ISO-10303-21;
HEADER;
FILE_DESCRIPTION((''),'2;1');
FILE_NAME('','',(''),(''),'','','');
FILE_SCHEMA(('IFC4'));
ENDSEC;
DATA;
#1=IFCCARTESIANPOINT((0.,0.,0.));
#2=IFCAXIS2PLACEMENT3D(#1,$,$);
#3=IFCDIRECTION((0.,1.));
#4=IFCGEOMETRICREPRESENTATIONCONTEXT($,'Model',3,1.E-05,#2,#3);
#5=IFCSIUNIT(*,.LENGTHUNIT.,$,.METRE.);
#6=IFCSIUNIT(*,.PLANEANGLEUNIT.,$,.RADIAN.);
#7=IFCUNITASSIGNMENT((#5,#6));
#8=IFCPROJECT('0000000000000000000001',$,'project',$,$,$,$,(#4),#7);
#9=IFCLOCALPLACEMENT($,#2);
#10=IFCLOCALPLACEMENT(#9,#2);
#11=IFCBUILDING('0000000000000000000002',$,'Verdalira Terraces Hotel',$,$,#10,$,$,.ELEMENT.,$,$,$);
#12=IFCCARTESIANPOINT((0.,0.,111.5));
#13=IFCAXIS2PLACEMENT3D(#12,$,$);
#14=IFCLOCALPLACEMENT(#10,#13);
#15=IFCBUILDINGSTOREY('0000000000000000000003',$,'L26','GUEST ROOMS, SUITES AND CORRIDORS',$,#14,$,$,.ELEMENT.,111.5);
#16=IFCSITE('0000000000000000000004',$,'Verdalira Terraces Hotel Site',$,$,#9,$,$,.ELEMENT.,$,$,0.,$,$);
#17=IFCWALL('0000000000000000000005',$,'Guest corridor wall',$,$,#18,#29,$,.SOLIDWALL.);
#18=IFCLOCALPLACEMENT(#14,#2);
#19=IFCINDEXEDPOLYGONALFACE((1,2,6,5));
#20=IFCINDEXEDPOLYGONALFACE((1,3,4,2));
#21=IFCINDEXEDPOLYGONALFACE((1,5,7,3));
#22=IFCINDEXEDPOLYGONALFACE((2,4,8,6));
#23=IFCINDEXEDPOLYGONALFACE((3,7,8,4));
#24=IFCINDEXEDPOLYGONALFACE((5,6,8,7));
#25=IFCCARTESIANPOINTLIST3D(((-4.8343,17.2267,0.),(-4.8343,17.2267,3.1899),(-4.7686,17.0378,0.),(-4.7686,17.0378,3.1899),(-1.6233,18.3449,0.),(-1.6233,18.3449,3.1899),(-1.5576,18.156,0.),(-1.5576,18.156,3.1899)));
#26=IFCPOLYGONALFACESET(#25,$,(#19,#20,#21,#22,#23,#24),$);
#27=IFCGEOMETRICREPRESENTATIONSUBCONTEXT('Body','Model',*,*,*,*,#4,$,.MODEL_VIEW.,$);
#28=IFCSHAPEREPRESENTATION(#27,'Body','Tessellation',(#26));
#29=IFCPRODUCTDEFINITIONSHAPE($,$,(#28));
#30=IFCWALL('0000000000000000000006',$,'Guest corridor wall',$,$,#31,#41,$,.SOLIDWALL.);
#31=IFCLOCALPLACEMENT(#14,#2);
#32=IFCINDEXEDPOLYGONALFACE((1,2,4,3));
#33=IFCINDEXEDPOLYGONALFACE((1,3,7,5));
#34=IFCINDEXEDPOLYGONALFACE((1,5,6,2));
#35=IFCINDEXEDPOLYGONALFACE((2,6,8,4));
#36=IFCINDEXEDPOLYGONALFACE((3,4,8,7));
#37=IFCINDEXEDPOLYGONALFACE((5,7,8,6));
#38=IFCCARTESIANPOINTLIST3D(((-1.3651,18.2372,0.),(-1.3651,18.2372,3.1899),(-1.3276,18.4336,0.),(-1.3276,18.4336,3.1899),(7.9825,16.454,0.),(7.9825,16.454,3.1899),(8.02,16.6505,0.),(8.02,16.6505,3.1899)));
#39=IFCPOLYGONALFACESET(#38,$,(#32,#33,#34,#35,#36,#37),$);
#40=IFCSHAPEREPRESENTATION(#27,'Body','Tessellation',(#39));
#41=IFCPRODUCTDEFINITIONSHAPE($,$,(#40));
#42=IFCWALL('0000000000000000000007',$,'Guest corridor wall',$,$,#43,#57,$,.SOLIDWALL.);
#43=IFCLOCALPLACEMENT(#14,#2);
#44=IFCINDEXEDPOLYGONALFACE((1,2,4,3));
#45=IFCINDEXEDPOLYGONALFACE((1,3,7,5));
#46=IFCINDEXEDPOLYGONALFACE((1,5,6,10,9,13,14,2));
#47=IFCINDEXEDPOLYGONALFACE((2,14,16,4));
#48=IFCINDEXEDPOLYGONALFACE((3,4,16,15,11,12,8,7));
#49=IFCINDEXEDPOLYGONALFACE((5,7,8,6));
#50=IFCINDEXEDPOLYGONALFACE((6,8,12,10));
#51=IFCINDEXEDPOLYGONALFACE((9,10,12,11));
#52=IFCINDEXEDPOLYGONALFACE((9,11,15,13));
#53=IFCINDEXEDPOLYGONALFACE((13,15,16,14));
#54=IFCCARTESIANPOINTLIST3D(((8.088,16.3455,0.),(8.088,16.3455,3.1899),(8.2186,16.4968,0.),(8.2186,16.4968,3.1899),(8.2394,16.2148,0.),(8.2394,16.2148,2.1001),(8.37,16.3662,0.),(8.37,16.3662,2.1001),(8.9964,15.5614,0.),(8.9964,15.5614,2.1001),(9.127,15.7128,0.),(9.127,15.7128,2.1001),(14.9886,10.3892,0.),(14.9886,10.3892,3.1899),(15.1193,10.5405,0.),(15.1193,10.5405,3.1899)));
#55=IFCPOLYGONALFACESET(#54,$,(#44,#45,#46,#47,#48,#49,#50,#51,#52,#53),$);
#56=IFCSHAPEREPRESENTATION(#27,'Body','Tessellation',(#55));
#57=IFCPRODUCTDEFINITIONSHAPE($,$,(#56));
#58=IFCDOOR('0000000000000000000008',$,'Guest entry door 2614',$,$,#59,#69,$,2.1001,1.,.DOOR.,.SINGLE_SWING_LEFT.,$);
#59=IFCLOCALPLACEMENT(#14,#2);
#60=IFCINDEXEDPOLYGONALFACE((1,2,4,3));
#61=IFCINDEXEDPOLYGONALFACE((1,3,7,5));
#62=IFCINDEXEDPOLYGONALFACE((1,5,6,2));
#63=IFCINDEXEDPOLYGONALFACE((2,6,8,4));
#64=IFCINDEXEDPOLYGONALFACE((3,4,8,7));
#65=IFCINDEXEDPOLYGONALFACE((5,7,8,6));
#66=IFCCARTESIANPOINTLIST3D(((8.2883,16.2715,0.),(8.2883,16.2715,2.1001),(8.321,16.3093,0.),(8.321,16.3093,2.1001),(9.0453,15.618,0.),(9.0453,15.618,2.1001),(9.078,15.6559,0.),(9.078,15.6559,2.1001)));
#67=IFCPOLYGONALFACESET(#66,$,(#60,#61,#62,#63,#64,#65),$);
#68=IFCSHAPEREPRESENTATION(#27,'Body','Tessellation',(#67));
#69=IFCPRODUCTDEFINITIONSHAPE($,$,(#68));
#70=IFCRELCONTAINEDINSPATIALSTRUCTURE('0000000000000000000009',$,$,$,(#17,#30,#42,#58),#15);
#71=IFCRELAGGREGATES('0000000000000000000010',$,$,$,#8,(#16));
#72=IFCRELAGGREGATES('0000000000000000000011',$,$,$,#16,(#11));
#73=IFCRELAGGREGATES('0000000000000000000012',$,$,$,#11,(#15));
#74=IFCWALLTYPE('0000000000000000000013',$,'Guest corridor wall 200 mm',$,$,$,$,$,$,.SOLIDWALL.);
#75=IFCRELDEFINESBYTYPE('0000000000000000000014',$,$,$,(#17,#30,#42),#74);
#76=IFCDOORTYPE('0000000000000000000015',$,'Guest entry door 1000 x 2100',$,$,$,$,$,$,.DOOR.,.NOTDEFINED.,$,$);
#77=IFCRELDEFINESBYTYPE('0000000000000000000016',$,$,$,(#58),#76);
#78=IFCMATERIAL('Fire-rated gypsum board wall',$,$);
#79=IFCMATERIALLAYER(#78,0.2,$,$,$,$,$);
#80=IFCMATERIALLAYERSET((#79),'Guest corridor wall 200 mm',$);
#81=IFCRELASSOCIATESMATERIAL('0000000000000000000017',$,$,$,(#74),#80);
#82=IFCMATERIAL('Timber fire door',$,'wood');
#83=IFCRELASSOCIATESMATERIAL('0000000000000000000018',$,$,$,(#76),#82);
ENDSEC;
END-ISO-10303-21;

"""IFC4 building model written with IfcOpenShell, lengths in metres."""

from ifc_helpers import new_model, si_unit, direction, frame, frame_2d, origin, place, context, subcontext, project, spatial, rectangle, extrude, material, layer, layer_set, type_object, element, fill, save


model = new_model("IFC4")

# Units and contexts
model_context = context("Model", 3, precision=1e-05, world=origin(), true_north=direction((0.0, 1.0)))
body_context = subcontext(model_context, "Body", "Model", "MODEL_VIEW")
ifc_project = project(units=[si_unit("LENGTHUNIT", "METRE"), si_unit("PLANEANGLEUNIT", "RADIAN")], contexts=[model_context])

# Site, building, storey
site_placement = place(None, origin())
site = spatial("IfcSite", under=ifc_project, at=site_placement, Name="Verdalira Terraces Hotel Site", CompositionType="ELEMENT", RefElevation=0.0)
building_placement = place(site_placement, origin())
building = spatial("IfcBuilding", under=site, at=building_placement, Name="Verdalira Terraces Hotel", CompositionType="ELEMENT")
storey_placement = place(building_placement, frame((0.0, 0.0, 111.5)))
storey = spatial("IfcBuildingStorey", under=building, at=storey_placement, Name="L26", Description="GUEST ROOMS, SUITES AND CORRIDORS", CompositionType="ELEMENT", Elevation=111.5)

# Walls
ifc_material_1 = material(Name="Fire-rated gypsum board wall")
ifc_layer_1 = layer(ifc_material_1, 0.2)
ifc_layer_set_1 = layer_set([ifc_layer_1], Name="Guest corridor wall 200 mm")
wall_type_1 = type_object("IfcWallType", Name="Guest corridor wall 200 mm", PredefinedType="SOLIDWALL", material=ifc_layer_set_1)
wall_1_placement = place(storey_placement, frame((-1.5903, 18.2505, 0.0), z_axis=(0.0, 0.0, 1.0), x_axis=(-0.944377, -0.328866, 0.0)))
element("IfcWall", 1, at=wall_1_placement, inside=storey, type_object=wall_type_1, Name="Guest corridor wall", PredefinedType="SOLIDWALL", context=body_context, shape_type="SweptSolid", body=[
    extrude(rectangle(XDim=3.4001, YDim=0.2, at=frame_2d((1.7002, 0.0))), origin(), (0.0, 0.0, 1.0), 3.1899),
])
wall_2_placement = place(storey_placement, frame((8.0012, 16.5522, 0.0), z_axis=(0.0, 0.0, 1.0), x_axis=(-0.982286, 0.187386, 0.0)))
element("IfcWall", 2, at=wall_2_placement, inside=storey, type_object=wall_type_1, Name="Guest corridor wall", PredefinedType="SOLIDWALL", context=body_context, shape_type="SweptSolid", body=[
    extrude(rectangle(XDim=9.5161, YDim=0.2, at=frame_2d((4.7581, 0.0))), origin(), (0.0, 0.0, 1.0), 3.1899),
])

# Wall, opening, door
wall_3_placement = place(storey_placement, frame((8.1533, 16.4211, 0.0), z_axis=(0.0, 0.0, 1.0), x_axis=(0.757004, -0.65341, 0.0)))
wall_3 = element("IfcWall", 3, at=wall_3_placement, inside=storey, type_object=wall_type_1, Name="Guest corridor wall", PredefinedType="SOLIDWALL", context=body_context, shape_type="SweptSolid", body=[
    extrude(rectangle(XDim=9.1157, YDim=0.2, at=frame_2d((4.5579, 0.0))), origin(), (0.0, 0.0, 1.0), 3.1899),
])
opening_1_placement = place(wall_3_placement, frame((0.2, 0.0, 0.0)))
opening_1 = element("IfcOpeningElement", 4, at=opening_1_placement, cuts=wall_3, PredefinedType="OPENING", context=body_context, shape_type="SweptSolid", body=[
    extrude(rectangle(XDim=1.0, YDim=2.1001, at=frame_2d((0.5, 1.05))), frame((0.0, 0.1099, 0.0), z_axis=(0.0, -1.0, 0.0), x_axis=(1.0, 0.0, 0.0)), (0.0, 0.0, 1.0), 0.22),
])
ifc_material_2 = material(Name="Timber fire door", Category="wood")
door_type_1 = type_object("IfcDoorType", Name="Guest entry door 1000 x 2100", OperationType="NOTDEFINED", PredefinedType="DOOR", material=ifc_material_2)
door_1_placement = place(opening_1_placement, origin())
door_1 = element("IfcDoor", 5, at=door_1_placement, inside=storey, type_object=door_type_1, Name="Guest entry door 2614", OperationType="SINGLE_SWING_LEFT", OverallHeight=2.1001, OverallWidth=1.0, PredefinedType="DOOR", context=body_context, shape_type="SweptSolid", body=[
    extrude(rectangle(XDim=1.0, YDim=2.1001, at=frame_2d((0.5, 1.05))), frame((0.0, 0.0249, 0.0), z_axis=(0.0, -1.0, 0.0), x_axis=(1.0, 0.0, 0.0)), (0.0, 0.0, 1.0), 0.05),
])
fill(opening_1, door_1)

save(model, "model.ifc")
